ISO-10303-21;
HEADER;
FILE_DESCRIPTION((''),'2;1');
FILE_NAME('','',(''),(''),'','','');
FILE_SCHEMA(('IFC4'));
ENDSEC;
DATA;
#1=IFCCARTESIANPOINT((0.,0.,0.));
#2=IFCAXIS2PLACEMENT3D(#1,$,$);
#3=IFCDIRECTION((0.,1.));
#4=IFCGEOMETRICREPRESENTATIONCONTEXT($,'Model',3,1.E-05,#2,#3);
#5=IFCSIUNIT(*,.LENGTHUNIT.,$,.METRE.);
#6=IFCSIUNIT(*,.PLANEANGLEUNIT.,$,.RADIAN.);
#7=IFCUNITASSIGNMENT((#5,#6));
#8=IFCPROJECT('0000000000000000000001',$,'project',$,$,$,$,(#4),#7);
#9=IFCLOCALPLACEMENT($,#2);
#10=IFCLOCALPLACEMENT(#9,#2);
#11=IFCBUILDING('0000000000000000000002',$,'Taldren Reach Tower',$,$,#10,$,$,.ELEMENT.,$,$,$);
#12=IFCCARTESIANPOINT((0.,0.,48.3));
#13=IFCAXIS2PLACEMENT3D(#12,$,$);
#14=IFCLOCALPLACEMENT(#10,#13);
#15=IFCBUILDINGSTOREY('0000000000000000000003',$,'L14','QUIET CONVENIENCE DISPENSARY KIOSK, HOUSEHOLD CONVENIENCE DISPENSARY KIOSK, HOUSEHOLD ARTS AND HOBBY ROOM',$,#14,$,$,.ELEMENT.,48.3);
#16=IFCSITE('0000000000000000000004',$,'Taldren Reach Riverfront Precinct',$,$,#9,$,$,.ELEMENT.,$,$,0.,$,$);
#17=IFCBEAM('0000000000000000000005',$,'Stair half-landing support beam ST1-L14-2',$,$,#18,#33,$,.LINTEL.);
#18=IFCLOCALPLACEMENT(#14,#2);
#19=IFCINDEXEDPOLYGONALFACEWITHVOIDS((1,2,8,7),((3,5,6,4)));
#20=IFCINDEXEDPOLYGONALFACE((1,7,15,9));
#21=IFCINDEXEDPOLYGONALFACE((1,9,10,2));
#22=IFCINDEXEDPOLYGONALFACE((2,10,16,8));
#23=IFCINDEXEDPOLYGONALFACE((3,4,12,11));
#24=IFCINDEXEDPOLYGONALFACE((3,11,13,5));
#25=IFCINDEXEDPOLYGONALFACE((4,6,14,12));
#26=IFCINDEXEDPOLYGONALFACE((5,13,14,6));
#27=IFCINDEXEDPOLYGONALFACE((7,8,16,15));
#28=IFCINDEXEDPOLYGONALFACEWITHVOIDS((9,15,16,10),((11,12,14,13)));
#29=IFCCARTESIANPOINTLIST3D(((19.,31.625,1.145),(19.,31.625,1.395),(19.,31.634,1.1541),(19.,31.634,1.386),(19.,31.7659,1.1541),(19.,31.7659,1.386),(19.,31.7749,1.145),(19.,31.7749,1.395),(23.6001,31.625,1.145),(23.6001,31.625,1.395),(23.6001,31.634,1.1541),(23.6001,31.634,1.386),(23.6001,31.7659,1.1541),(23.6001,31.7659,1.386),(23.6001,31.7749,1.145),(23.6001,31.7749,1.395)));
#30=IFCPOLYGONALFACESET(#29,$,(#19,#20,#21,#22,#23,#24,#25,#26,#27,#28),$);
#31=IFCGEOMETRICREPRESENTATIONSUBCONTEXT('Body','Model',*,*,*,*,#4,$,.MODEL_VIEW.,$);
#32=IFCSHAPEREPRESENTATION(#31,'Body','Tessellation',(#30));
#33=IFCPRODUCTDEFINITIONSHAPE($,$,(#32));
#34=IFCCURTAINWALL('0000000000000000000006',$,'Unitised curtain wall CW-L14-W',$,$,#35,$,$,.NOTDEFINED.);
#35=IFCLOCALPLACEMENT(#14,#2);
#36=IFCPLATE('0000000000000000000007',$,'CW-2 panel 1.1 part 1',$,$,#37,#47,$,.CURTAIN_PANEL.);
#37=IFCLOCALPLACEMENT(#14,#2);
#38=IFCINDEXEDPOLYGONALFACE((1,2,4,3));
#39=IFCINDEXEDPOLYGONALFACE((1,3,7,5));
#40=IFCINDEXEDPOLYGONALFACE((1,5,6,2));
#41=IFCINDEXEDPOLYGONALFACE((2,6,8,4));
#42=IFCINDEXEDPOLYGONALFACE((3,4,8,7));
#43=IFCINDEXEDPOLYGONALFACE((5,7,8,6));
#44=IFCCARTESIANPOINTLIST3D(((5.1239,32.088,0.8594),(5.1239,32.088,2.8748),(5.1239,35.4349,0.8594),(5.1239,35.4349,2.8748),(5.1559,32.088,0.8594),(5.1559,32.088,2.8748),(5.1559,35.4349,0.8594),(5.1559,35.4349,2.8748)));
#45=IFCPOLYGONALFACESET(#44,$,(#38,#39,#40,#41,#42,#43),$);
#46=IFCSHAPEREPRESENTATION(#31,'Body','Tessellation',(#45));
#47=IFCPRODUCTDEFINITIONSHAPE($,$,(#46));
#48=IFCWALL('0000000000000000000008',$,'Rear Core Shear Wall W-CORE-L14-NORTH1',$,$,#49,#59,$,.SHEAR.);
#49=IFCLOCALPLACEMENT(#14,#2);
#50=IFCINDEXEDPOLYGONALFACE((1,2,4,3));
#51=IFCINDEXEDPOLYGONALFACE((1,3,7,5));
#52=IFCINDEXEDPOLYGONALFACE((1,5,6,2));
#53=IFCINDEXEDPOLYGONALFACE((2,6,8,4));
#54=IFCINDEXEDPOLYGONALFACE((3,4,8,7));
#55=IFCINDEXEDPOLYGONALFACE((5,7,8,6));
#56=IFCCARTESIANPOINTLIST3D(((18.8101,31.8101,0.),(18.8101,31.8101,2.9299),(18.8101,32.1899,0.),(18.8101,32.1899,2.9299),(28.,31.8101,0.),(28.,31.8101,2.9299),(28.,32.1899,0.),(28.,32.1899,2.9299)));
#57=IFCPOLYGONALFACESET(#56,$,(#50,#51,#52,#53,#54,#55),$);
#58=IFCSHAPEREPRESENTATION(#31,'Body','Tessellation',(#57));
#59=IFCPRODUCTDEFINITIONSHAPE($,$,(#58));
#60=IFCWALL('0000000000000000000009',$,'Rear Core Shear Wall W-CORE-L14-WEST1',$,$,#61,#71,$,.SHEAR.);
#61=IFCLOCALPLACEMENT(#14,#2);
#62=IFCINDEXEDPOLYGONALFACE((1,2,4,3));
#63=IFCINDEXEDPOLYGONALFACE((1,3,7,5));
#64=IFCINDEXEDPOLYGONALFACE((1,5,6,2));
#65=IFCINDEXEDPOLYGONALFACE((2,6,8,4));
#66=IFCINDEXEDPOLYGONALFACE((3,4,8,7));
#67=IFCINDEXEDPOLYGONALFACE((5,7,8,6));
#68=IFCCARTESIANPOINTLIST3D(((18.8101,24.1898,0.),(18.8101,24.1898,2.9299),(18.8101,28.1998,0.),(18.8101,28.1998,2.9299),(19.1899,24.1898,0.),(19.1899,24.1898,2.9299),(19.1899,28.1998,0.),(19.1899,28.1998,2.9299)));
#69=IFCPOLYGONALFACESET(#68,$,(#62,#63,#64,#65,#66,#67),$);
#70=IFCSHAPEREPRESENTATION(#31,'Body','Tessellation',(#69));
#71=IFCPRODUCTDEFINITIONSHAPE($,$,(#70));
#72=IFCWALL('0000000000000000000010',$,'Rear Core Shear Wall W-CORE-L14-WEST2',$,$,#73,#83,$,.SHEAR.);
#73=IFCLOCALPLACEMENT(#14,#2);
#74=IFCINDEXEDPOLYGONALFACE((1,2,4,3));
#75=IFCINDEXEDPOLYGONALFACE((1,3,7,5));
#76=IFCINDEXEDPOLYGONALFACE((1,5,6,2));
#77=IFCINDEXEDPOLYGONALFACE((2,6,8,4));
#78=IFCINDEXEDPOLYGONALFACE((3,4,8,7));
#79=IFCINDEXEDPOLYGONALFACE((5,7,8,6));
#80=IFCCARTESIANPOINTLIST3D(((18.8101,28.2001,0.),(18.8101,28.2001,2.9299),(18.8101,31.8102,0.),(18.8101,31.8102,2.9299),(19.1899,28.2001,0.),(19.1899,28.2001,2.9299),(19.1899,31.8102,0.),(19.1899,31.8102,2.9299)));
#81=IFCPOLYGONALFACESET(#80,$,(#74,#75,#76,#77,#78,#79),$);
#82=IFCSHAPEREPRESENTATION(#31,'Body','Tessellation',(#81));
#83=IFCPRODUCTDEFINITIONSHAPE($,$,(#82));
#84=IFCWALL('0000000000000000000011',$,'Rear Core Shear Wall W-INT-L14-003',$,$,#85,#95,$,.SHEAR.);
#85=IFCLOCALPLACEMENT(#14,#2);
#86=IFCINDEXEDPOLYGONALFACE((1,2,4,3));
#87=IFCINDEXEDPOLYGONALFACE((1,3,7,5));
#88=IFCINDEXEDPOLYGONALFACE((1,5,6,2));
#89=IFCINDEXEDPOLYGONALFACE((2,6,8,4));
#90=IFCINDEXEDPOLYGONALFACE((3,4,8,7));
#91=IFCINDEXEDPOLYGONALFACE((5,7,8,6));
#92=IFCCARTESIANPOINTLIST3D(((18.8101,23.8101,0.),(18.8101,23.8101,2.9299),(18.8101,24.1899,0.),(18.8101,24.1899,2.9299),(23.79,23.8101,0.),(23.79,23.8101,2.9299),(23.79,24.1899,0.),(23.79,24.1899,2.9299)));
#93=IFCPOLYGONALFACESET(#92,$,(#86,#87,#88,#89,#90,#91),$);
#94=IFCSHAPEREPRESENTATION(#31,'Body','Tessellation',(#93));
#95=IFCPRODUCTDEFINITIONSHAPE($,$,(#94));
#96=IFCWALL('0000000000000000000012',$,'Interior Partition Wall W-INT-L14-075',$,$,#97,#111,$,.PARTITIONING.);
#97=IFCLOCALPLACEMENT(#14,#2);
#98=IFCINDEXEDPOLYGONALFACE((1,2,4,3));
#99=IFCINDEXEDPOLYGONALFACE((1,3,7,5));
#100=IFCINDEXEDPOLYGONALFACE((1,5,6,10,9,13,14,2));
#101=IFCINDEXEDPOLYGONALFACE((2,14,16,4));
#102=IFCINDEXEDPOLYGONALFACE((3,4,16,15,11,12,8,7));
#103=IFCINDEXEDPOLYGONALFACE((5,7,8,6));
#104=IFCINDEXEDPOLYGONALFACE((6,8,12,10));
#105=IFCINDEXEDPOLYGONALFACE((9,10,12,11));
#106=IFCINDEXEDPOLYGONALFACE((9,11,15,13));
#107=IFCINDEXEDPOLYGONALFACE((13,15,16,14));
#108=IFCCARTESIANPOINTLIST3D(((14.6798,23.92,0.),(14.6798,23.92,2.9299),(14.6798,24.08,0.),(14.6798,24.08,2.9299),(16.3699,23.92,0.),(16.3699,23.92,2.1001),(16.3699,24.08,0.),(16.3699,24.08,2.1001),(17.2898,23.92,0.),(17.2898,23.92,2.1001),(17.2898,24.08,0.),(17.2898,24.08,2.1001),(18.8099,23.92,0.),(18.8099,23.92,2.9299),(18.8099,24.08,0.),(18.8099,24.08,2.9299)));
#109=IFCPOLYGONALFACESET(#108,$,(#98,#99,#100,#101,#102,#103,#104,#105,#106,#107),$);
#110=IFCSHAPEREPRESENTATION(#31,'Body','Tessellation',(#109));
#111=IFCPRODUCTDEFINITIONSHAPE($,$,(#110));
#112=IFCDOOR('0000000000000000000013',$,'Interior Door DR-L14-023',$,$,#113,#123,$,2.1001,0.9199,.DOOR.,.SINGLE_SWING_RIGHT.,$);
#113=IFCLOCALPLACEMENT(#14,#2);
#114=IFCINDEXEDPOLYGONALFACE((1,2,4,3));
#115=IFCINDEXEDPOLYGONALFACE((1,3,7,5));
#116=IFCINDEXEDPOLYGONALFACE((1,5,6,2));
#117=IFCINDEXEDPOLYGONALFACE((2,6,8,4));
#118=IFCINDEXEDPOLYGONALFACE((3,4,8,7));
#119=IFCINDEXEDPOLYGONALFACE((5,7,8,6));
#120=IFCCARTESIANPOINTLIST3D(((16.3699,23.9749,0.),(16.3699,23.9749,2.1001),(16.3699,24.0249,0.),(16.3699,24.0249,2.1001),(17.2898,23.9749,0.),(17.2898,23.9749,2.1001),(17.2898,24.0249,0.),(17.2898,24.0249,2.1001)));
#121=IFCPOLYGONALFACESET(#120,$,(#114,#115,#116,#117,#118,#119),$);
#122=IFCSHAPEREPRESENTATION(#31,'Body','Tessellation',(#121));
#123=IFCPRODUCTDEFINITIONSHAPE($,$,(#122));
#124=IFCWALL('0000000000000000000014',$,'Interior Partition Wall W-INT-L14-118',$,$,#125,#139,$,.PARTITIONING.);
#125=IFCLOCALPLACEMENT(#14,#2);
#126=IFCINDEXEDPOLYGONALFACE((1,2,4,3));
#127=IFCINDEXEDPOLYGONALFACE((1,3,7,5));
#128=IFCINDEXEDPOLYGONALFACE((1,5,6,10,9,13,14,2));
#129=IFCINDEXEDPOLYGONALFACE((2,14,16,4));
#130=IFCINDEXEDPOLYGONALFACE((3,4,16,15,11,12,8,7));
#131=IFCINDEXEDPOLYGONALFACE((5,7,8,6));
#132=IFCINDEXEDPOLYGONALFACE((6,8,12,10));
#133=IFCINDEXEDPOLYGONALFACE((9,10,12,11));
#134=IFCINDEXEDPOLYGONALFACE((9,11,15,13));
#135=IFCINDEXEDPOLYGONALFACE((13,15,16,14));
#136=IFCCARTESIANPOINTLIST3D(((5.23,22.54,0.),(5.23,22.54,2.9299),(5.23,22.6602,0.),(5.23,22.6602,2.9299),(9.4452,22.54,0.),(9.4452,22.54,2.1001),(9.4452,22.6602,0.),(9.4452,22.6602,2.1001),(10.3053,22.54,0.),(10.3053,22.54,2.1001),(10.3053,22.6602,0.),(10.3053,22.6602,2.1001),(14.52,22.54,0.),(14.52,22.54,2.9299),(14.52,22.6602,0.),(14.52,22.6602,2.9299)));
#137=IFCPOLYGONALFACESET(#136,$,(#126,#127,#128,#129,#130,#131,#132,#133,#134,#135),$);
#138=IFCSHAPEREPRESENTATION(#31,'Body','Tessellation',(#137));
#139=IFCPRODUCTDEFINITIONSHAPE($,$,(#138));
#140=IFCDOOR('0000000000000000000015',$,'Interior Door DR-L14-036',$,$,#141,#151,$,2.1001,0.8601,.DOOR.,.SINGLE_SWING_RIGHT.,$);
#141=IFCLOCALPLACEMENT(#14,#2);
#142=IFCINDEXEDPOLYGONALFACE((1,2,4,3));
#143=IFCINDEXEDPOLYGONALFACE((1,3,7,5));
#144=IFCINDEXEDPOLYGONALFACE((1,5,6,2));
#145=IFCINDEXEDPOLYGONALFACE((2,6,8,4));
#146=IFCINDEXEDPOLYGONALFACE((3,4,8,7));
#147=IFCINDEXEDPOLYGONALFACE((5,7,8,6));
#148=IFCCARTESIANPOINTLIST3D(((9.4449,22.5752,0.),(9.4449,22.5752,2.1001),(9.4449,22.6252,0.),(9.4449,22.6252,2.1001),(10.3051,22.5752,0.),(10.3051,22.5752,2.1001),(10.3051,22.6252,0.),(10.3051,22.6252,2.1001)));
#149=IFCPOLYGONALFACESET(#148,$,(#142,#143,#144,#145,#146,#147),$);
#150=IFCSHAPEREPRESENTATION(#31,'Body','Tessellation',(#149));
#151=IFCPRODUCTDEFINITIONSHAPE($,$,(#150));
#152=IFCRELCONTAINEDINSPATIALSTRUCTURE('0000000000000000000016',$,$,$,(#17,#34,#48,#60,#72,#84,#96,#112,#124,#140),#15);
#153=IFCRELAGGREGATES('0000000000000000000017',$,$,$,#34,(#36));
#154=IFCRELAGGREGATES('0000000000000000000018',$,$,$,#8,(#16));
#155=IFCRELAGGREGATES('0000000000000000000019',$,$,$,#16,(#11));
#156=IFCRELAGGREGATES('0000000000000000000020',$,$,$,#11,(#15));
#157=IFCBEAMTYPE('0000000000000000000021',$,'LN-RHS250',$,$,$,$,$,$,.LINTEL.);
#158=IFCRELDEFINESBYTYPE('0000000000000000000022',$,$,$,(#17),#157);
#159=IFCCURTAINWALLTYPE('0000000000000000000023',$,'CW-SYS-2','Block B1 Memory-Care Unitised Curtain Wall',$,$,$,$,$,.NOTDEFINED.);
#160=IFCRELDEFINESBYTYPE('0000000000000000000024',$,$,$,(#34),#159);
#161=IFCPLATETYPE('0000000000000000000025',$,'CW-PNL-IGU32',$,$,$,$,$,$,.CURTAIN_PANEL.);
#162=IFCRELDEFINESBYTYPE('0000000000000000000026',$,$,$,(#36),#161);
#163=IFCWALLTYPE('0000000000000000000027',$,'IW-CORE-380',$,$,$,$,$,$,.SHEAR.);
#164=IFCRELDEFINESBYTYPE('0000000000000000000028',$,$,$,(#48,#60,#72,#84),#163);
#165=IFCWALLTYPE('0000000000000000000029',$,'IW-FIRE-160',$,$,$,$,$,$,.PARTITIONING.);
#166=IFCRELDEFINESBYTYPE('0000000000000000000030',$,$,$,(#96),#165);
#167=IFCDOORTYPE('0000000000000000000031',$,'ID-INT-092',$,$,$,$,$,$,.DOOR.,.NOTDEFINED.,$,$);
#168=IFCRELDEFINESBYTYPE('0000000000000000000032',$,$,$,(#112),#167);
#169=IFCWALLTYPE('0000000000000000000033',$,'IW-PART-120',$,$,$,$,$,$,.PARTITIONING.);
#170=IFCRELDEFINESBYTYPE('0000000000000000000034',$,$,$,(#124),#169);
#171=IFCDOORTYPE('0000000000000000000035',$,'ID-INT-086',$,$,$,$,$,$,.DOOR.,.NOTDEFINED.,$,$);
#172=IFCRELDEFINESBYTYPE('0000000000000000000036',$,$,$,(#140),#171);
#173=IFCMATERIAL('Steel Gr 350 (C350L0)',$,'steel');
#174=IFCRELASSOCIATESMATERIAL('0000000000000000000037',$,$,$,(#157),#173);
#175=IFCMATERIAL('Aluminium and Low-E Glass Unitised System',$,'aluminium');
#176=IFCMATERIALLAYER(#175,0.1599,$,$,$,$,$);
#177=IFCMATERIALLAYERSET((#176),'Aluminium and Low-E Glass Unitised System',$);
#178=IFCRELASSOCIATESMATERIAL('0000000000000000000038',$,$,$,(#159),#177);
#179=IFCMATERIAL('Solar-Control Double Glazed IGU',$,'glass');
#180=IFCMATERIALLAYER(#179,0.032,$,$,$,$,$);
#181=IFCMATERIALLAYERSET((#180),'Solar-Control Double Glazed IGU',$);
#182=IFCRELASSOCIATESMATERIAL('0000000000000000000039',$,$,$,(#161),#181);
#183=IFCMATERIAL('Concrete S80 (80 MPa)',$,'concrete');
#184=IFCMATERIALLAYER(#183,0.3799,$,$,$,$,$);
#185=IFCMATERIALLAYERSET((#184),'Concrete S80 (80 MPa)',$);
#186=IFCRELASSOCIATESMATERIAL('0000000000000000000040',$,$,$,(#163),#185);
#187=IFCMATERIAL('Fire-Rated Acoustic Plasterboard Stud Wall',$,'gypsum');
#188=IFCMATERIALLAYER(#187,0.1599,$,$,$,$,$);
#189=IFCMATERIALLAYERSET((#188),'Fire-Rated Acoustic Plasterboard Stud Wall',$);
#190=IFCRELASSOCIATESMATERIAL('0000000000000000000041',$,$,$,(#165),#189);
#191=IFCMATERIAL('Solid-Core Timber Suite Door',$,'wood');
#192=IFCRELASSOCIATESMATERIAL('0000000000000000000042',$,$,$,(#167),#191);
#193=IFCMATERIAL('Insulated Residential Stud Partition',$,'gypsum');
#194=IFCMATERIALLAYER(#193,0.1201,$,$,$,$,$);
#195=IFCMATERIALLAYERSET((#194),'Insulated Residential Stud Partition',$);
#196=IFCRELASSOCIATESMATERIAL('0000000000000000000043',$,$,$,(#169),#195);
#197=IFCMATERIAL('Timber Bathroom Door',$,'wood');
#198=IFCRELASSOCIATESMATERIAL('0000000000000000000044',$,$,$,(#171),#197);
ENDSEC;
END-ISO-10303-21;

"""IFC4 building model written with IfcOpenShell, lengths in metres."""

from ifc_helpers import new_model, si_unit, direction, frame, frame_2d, origin, origin_2d, place, context, subcontext, project, spatial, rectangle, hollow_rectangle, extrude, source, transform, mapped, material, layer, layer_set, material_profile, profile_set, type_object, element, fill, aggregate, save


model = new_model("IFC4")

# Units and contexts
model_context = context("Model", 3, precision=1e-05, world=origin(), true_north=direction((0.0, 1.0)))
body_context = subcontext(model_context, "Body", "Model", "MODEL_VIEW")
ifc_project = project(units=[si_unit("LENGTHUNIT", "METRE"), si_unit("PLANEANGLEUNIT", "RADIAN")], contexts=[model_context])

# Site, building, storey
site_placement = place(None, origin())
site = spatial("IfcSite", under=ifc_project, at=site_placement, Name="Taldren Reach Riverfront Precinct", CompositionType="ELEMENT", RefElevation=0.0)
building_placement = place(site_placement, origin())
building = spatial("IfcBuilding", under=site, at=building_placement, Name="Taldren Reach Tower", CompositionType="ELEMENT")
storey_placement = place(building_placement, frame((0.0, 0.0, 48.3)))
storey = spatial("IfcBuildingStorey", under=building, at=storey_placement, Name="L14", Description="QUIET CONVENIENCE DISPENSARY KIOSK, HOUSEHOLD CONVENIENCE DISPENSARY KIOSK, HOUSEHOLD ARTS AND HOBBY ROOM", CompositionType="ELEMENT", Elevation=48.3)

# Beam
ifc_material_1 = material(Name="Steel Gr 350 (C350L0)", Category="steel")
ifc_material_profile_1 = material_profile(ifc_material_1, hollow_rectangle(XDim=0.1499, YDim=0.25, WallThickness=0.009, at=origin_2d()), Name="250x150x9.0RHS")
ifc_profile_set_1 = profile_set([ifc_material_profile_1], Name="Steel Gr 350 (C350L0)")
beam_type_1 = type_object("IfcBeamType", Name="LN-RHS250", PredefinedType="LINTEL", material=ifc_profile_set_1)
shared_shape_1 = source(origin(), body_context, "Body", "SweptSolid", [
    extrude(hollow_rectangle(XDim=0.1499, YDim=0.25, WallThickness=0.009, at=origin_2d()), origin(), (0.0, 0.0, 1.0), 4.6001),
])
for number, where, z_axis, x_axis, name in (
    (1, (19.0, 31.7, 1.27), (1.0, 0.0, 0.0), (0.0, 1.0, 0.0), "Stair half-landing support beam ST1-L14-2"),
):
    element("IfcBeam", number, at=place(storey_placement, frame(where, z_axis=z_axis, x_axis=x_axis)), inside=storey, type_object=beam_type_1, Name=name, PredefinedType="LINTEL", context=body_context, shape_type="MappedRepresentation", body=[
        mapped(shared_shape_1, transform((0.0, 0.0, 0.0), scale=1.0)),
    ])

# Curtain wall, plate
ifc_material_2 = material(Name="Aluminium and Low-E Glass Unitised System", Category="aluminium")
ifc_layer_1 = layer(ifc_material_2, 0.1599)
ifc_layer_set_1 = layer_set([ifc_layer_1], Name="Aluminium and Low-E Glass Unitised System")
curtain_wall_type = type_object("IfcCurtainWallType", Name="CW-SYS-2", Description="Block B1 Memory-Care Unitised Curtain Wall", PredefinedType="NOTDEFINED", material=ifc_layer_set_1)
curtain_wall_placement = place(storey_placement, origin())
curtain_wall = element("IfcCurtainWall", 2, at=curtain_wall_placement, inside=storey, type_object=curtain_wall_type, Name="Unitised curtain wall CW-L14-W", PredefinedType="NOTDEFINED")
ifc_material_3 = material(Name="Solar-Control Double Glazed IGU", Category="glass")
ifc_layer_2 = layer(ifc_material_3, 0.032)
ifc_layer_set_2 = layer_set([ifc_layer_2], Name="Solar-Control Double Glazed IGU")
plate_type = type_object("IfcPlateType", Name="CW-PNL-IGU32", PredefinedType="CURTAIN_PANEL", material=ifc_layer_set_2)
shared_shape_2 = source(origin(), body_context, "Body", "SweptSolid", [
    extrude(rectangle(XDim=3.3469, YDim=0.032, at=origin_2d()), origin(), (0.0, 0.0, 1.0), 2.0154),
])
plate_placement = place(storey_placement, frame((5.1399, 33.7615, 0.8594), z_axis=(0.0, 0.0, 1.0), x_axis=(0.0, -1.0, 0.0)))
plate = element("IfcPlate", 3, at=plate_placement, type_object=plate_type, Name="CW-2 panel 1.1 part 1", PredefinedType="CURTAIN_PANEL", context=body_context, shape_type="MappedRepresentation", body=[
    mapped(shared_shape_2, transform((0.0, 0.0, 0.0), scale=1.0)),
])
aggregate(curtain_wall, [plate])

# Walls
ifc_material_4 = material(Name="Concrete S80 (80 MPa)", Category="concrete")
ifc_layer_3 = layer(ifc_material_4, 0.3799)
ifc_layer_set_3 = layer_set([ifc_layer_3], Name="Concrete S80 (80 MPa)")
wall_type_1 = type_object("IfcWallType", Name="IW-CORE-380", PredefinedType="SHEAR", material=ifc_layer_set_3)
shared_shape_3 = source(origin(), body_context, "Body", "SweptSolid", [
    extrude(rectangle(XDim=9.1899, YDim=0.3799, at=frame_2d((4.595, 0.0))), origin(), (0.0, 0.0, 1.0), 2.9299),
])
wall_1_placement = place(storey_placement, frame((18.8101, 32.0, 0.0), z_axis=(0.0, 0.0, 1.0), x_axis=(1.0, 0.0, 0.0)))
element("IfcWall", 4, at=wall_1_placement, inside=storey, type_object=wall_type_1, Name="Rear Core Shear Wall W-CORE-L14-NORTH1", PredefinedType="SHEAR", context=body_context, shape_type="MappedRepresentation", body=[
    mapped(shared_shape_3, transform((0.0, 0.0, 0.0), scale=1.0)),
])
shared_shape_4 = source(origin(), body_context, "Body", "SweptSolid", [
    extrude(rectangle(XDim=4.01, YDim=0.3799, at=frame_2d((2.0049, 0.0))), origin(), (0.0, 0.0, 1.0), 2.9299),
])
wall_2_placement = place(storey_placement, frame((19.0, 24.1899, 0.0), z_axis=(0.0, 0.0, 1.0), x_axis=(0.0, 1.0, 0.0)))
element("IfcWall", 5, at=wall_2_placement, inside=storey, type_object=wall_type_1, Name="Rear Core Shear Wall W-CORE-L14-WEST1", PredefinedType="SHEAR", context=body_context, shape_type="MappedRepresentation", body=[
    mapped(shared_shape_4, transform((0.0, 0.0, 0.0), scale=1.0)),
])
shared_shape_5 = source(origin(), body_context, "Body", "SweptSolid", [
    extrude(rectangle(XDim=3.6101, YDim=0.3799, at=frame_2d((1.8052, 0.0))), origin(), (0.0, 0.0, 1.0), 2.9299),
])
wall_3_placement = place(storey_placement, frame((19.0, 28.2, 0.0), z_axis=(0.0, 0.0, 1.0), x_axis=(0.0, 1.0, 0.0)))
element("IfcWall", 6, at=wall_3_placement, inside=storey, type_object=wall_type_1, Name="Rear Core Shear Wall W-CORE-L14-WEST2", PredefinedType="SHEAR", context=body_context, shape_type="MappedRepresentation", body=[
    mapped(shared_shape_5, transform((0.0, 0.0, 0.0), scale=1.0)),
])
shared_shape_6 = source(origin(), body_context, "Body", "SweptSolid", [
    extrude(rectangle(XDim=4.98, YDim=0.3799, at=frame_2d((2.49, 0.0))), origin(), (0.0, 0.0, 1.0), 2.9299),
])
wall_4_placement = place(storey_placement, frame((18.8101, 24.0, 0.0), z_axis=(0.0, 0.0, 1.0), x_axis=(1.0, 0.0, 0.0)))
element("IfcWall", 7, at=wall_4_placement, inside=storey, type_object=wall_type_1, Name="Rear Core Shear Wall W-INT-L14-003", PredefinedType="SHEAR", context=body_context, shape_type="MappedRepresentation", body=[
    mapped(shared_shape_6, transform((0.0, 0.0, 0.0), scale=1.0)),
])

# Walls, openings, doors
ifc_material_5 = material(Name="Fire-Rated Acoustic Plasterboard Stud Wall", Category="gypsum")
ifc_layer_4 = layer(ifc_material_5, 0.1599)
ifc_layer_set_4 = layer_set([ifc_layer_4], Name="Fire-Rated Acoustic Plasterboard Stud Wall")
wall_type_2 = type_object("IfcWallType", Name="IW-FIRE-160", PredefinedType="PARTITIONING", material=ifc_layer_set_4)
shared_shape_7 = source(origin(), body_context, "Body", "SweptSolid", [
    extrude(rectangle(XDim=4.1301, YDim=0.1599, at=frame_2d((2.0649, 0.0))), origin(), (0.0, 0.0, 1.0), 2.9299),
])
wall_5_placement = place(storey_placement, frame((14.6799, 24.0, 0.0), z_axis=(0.0, 0.0, 1.0), x_axis=(1.0, 0.0, 0.0)))
wall_5 = element("IfcWall", 8, at=wall_5_placement, inside=storey, type_object=wall_type_2, Name="Interior Partition Wall W-INT-L14-075", PredefinedType="PARTITIONING", context=body_context, shape_type="MappedRepresentation", body=[
    mapped(shared_shape_7, transform((0.0, 0.0, 0.0), scale=1.0)),
])
shared_shape_8 = source(origin(), body_context, "Body", "SweptSolid", [
    extrude(rectangle(XDim=0.9199, YDim=2.1001, at=frame_2d((0.46, 1.05))), frame((0.0, 0.0898, 0.0), z_axis=(0.0, -1.0, 0.0), x_axis=(1.0, 0.0, 0.0)), (0.0, 0.0, 1.0), 0.1799),
])
opening_1_placement = place(wall_5_placement, frame((1.6899, 0.0, 0.0)))
opening_1 = element("IfcOpeningElement", 9, at=opening_1_placement, cuts=wall_5, PredefinedType="OPENING", context=body_context, shape_type="MappedRepresentation", body=[
    mapped(shared_shape_8, transform((0.0, 0.0, 0.0), scale=1.0)),
])
ifc_material_6 = material(Name="Solid-Core Timber Suite Door", Category="wood")
door_type_1 = type_object("IfcDoorType", Name="ID-INT-092", OperationType="NOTDEFINED", PredefinedType="DOOR", material=ifc_material_6)
shared_shape_9 = source(origin(), body_context, "Body", "SweptSolid", [
    extrude(rectangle(XDim=0.9199, YDim=2.1001, at=frame_2d((0.46, 1.05))), frame((0.0, 0.0249, 0.0), z_axis=(0.0, -1.0, 0.0), x_axis=(1.0, 0.0, 0.0)), (0.0, 0.0, 1.0), 0.05),
])
door_1_placement = place(opening_1_placement, origin())
door_1 = element("IfcDoor", 10, at=door_1_placement, inside=storey, type_object=door_type_1, Name="Interior Door DR-L14-023", OperationType="SINGLE_SWING_RIGHT", OverallHeight=2.1001, OverallWidth=0.9199, PredefinedType="DOOR", context=body_context, shape_type="MappedRepresentation", body=[
    mapped(shared_shape_9, transform((0.0, 0.0, 0.0), scale=1.0)),
])
fill(opening_1, door_1)
ifc_material_7 = material(Name="Insulated Residential Stud Partition", Category="gypsum")
ifc_layer_5 = layer(ifc_material_7, 0.1201)
ifc_layer_set_5 = layer_set([ifc_layer_5], Name="Insulated Residential Stud Partition")
wall_type_3 = type_object("IfcWallType", Name="IW-PART-120", PredefinedType="PARTITIONING", material=ifc_layer_set_5)
shared_shape_10 = source(origin(), body_context, "Body", "SweptSolid", [
    extrude(rectangle(XDim=9.29, YDim=0.1201, at=frame_2d((4.645, 0.0))), origin(), (0.0, 0.0, 1.0), 2.9299),
])
wall_6_placement = place(storey_placement, frame((5.23, 22.6001, 0.0), z_axis=(0.0, 0.0, 1.0), x_axis=(1.0, 0.0, 0.0)))
wall_6 = element("IfcWall", 11, at=wall_6_placement, inside=storey, type_object=wall_type_3, Name="Interior Partition Wall W-INT-L14-118", PredefinedType="PARTITIONING", context=body_context, shape_type="MappedRepresentation", body=[
    mapped(shared_shape_10, transform((0.0, 0.0, 0.0), scale=1.0)),
])
shared_shape_11 = source(origin(), body_context, "Body", "SweptSolid", [
    extrude(rectangle(XDim=0.8601, YDim=2.1001, at=frame_2d((0.4302, 1.05))), frame((0.0, 0.0701, 0.0), z_axis=(0.0, -1.0, 0.0), x_axis=(1.0, 0.0, 0.0)), (0.0, 0.0, 1.0), 0.1401),
])
opening_2_placement = place(wall_6_placement, frame((4.2151, 0.0, 0.0)))
opening_2 = element("IfcOpeningElement", 12, at=opening_2_placement, cuts=wall_6, PredefinedType="OPENING", context=body_context, shape_type="MappedRepresentation", body=[
    mapped(shared_shape_11, transform((0.0, 0.0, 0.0), scale=1.0)),
])
ifc_material_8 = material(Name="Timber Bathroom Door", Category="wood")
door_type_2 = type_object("IfcDoorType", Name="ID-INT-086", OperationType="NOTDEFINED", PredefinedType="DOOR", material=ifc_material_8)
shared_shape_12 = source(origin(), body_context, "Body", "SweptSolid", [
    extrude(rectangle(XDim=0.8601, YDim=2.1001, at=frame_2d((0.4302, 1.05))), frame((0.0, 0.0249, 0.0), z_axis=(0.0, -1.0, 0.0), x_axis=(1.0, 0.0, 0.0)), (0.0, 0.0, 1.0), 0.05),
])
door_2_placement = place(opening_2_placement, frame((0.8601, 0.0, 0.0), z_axis=(0.0, 0.0, 1.0), x_axis=(-1.0, 0.0, 0.0)))
door_2 = element("IfcDoor", 13, at=door_2_placement, inside=storey, type_object=door_type_2, Name="Interior Door DR-L14-036", OperationType="SINGLE_SWING_RIGHT", OverallHeight=2.1001, OverallWidth=0.8601, PredefinedType="DOOR", context=body_context, shape_type="MappedRepresentation", body=[
    mapped(shared_shape_12, transform((0.0, 0.0, 0.0), scale=1.0)),
])
fill(opening_2, door_2)

save(model, "model.ifc")
